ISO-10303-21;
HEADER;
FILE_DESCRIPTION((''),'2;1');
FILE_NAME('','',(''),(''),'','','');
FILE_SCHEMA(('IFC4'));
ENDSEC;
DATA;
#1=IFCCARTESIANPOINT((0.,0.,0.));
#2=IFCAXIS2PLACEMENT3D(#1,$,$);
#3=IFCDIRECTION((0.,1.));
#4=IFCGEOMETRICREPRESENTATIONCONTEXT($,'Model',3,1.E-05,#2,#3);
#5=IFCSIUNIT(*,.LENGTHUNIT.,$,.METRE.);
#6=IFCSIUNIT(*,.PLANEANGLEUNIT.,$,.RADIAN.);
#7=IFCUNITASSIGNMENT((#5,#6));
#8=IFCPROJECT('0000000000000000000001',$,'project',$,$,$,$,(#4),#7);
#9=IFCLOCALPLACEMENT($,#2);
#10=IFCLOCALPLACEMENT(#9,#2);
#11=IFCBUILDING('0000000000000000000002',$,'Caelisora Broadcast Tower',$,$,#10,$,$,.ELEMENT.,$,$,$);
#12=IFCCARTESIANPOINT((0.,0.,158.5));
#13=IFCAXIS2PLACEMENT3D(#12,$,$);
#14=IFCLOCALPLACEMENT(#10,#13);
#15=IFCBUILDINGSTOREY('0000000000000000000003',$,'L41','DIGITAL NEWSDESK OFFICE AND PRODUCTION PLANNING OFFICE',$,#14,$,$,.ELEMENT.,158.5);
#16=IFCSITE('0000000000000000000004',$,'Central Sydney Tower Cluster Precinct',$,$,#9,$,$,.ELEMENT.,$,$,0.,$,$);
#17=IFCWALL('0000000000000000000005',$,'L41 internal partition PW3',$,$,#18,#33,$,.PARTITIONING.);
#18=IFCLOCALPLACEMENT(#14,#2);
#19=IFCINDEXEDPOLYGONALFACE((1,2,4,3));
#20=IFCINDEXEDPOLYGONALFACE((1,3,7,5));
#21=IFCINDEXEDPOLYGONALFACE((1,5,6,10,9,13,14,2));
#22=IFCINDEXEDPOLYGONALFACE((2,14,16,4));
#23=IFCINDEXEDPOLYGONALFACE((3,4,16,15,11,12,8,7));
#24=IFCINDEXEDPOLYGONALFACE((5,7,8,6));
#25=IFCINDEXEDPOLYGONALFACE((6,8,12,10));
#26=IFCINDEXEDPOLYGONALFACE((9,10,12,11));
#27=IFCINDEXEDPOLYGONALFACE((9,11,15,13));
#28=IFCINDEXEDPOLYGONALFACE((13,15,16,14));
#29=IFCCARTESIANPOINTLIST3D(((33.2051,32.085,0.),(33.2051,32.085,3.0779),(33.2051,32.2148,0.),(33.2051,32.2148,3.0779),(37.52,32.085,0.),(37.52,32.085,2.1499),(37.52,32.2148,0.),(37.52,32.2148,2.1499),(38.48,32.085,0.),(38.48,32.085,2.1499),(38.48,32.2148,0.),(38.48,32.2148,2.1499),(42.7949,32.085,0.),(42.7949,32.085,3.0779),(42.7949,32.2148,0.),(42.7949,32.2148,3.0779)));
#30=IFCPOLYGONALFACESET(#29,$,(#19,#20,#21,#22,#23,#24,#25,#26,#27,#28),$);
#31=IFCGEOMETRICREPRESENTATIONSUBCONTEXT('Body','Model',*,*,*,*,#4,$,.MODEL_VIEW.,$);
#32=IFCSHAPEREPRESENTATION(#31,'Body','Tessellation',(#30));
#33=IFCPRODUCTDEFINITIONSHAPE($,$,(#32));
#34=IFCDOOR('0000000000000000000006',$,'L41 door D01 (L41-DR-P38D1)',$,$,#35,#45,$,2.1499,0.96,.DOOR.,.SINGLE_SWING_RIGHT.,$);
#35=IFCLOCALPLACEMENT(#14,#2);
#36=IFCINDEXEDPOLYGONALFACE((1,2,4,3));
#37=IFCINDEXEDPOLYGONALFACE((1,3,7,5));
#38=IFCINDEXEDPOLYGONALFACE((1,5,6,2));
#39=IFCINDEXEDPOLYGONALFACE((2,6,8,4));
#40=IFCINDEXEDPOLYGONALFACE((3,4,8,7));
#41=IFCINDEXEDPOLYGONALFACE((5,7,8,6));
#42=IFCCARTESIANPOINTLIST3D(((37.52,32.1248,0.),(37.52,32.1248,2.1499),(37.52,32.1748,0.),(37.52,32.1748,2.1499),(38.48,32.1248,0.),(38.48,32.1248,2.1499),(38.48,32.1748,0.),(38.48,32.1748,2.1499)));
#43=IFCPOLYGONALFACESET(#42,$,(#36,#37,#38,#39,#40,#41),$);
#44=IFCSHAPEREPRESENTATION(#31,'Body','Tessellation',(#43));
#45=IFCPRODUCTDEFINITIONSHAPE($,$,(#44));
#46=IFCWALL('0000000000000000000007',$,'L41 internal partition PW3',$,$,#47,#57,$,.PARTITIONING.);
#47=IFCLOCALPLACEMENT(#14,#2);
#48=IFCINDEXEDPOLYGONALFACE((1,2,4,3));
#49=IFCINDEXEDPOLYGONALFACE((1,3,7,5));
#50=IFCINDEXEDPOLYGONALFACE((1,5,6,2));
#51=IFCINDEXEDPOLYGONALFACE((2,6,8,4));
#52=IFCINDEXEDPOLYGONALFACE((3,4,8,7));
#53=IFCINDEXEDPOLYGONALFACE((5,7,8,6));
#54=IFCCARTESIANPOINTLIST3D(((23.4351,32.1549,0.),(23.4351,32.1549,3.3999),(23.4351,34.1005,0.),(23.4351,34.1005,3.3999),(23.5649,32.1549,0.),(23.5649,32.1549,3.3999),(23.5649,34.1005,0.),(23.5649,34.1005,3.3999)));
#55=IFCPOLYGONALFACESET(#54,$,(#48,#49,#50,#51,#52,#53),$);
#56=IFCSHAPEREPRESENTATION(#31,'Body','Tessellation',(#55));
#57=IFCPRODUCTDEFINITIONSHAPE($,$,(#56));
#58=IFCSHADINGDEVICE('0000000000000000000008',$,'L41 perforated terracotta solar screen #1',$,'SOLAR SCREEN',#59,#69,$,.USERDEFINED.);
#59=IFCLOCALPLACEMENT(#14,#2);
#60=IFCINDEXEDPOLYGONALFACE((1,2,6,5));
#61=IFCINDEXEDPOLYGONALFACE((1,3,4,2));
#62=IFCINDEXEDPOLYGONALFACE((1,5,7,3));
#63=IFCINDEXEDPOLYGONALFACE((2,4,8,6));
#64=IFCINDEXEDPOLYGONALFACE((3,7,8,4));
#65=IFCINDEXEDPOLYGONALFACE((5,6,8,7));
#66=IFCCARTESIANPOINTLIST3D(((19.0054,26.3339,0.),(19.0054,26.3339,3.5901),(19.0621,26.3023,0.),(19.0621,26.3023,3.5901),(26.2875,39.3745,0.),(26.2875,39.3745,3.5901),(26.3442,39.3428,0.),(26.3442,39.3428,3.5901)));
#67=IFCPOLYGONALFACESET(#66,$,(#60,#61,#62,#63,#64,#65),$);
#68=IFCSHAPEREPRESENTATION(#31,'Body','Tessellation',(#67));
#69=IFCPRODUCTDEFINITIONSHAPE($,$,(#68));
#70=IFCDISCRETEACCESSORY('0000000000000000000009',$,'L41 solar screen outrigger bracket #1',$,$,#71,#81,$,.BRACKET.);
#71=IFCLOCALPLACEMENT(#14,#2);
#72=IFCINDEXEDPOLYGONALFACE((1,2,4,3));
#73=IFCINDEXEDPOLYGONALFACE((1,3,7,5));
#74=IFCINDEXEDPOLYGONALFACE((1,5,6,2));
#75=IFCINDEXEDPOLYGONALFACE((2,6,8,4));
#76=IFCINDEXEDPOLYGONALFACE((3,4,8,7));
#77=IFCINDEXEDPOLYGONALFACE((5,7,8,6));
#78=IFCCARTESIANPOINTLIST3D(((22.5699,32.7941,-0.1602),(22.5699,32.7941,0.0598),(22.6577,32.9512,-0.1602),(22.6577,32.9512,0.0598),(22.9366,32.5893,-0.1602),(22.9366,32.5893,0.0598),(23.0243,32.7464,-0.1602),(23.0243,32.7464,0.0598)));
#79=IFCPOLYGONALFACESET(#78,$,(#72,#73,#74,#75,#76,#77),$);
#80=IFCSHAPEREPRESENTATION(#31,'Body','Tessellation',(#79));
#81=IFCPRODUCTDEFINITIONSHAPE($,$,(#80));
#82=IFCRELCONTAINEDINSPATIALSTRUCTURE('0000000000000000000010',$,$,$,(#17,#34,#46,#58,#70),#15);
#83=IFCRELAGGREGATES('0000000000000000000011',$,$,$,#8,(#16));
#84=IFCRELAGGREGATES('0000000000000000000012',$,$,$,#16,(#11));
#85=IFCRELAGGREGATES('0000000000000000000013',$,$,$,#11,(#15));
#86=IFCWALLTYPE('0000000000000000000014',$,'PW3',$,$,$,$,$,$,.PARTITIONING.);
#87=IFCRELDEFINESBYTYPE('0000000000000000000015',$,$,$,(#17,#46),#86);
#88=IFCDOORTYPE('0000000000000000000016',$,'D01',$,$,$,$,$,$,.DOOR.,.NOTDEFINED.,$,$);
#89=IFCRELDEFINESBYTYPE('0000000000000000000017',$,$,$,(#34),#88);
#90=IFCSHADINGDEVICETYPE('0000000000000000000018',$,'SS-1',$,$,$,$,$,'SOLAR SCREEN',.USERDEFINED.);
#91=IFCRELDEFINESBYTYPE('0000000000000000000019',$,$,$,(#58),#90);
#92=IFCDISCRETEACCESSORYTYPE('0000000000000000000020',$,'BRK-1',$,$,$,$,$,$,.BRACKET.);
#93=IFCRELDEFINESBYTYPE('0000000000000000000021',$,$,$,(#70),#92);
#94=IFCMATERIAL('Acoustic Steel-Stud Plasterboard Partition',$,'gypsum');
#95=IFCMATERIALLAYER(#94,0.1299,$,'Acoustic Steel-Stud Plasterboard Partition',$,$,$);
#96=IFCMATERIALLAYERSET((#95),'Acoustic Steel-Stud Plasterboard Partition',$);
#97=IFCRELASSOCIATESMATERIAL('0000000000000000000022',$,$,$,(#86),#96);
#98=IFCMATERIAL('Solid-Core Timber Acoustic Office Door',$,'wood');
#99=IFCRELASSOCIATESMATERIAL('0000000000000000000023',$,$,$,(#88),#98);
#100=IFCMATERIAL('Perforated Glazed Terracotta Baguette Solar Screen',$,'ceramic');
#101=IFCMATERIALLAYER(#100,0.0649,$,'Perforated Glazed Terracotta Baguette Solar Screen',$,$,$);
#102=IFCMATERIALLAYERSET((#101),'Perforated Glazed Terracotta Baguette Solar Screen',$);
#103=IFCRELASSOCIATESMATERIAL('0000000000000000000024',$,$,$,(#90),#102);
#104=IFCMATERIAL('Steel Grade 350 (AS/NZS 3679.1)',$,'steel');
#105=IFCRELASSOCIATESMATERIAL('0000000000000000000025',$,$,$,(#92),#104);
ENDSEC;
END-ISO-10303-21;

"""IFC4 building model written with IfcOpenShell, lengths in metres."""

from ifc_helpers import new_model, si_unit, direction, frame, frame_2d, origin, origin_2d, place, context, subcontext, project, spatial, rectangle, extrude, source, transform, mapped, material, layer, layer_set, type_object, type_shapes, element, fill, save


model = new_model("IFC4")

# Units and contexts
model_context = context("Model", 3, precision=1e-05, world=origin(), true_north=direction((0.0, 1.0)))
body_context = subcontext(model_context, "Body", "Model", "MODEL_VIEW")
ifc_project = project(units=[si_unit("LENGTHUNIT", "METRE"), si_unit("PLANEANGLEUNIT", "RADIAN")], contexts=[model_context])

# Site, building, storey
site_placement = place(None, origin())
site = spatial("IfcSite", under=ifc_project, at=site_placement, Name="Central Sydney Tower Cluster Precinct", CompositionType="ELEMENT", RefElevation=0.0)
building_placement = place(site_placement, origin())
building = spatial("IfcBuilding", under=site, at=building_placement, Name="Caelisora Broadcast Tower", CompositionType="ELEMENT")
storey_placement = place(building_placement, frame((0.0, 0.0, 158.5)))
storey = spatial("IfcBuildingStorey", under=building, at=storey_placement, Name="L41", Description="DIGITAL NEWSDESK OFFICE AND PRODUCTION PLANNING OFFICE", CompositionType="ELEMENT", Elevation=158.5)

# Shared definitions
ifc_material_1 = material(Name="Steel Grade 350 (AS/NZS 3679.1)", Category="steel")

# Shared definitions
ifc_material_2 = material(Name="Acoustic Steel-Stud Plasterboard Partition", Category="gypsum")
ifc_layer_1 = layer(ifc_material_2, 0.1299, Name="Acoustic Steel-Stud Plasterboard Partition")
ifc_layer_set_1 = layer_set([ifc_layer_1], Name="Acoustic Steel-Stud Plasterboard Partition")
wall_type = type_object("IfcWallType", Name="PW3", PredefinedType="PARTITIONING", material=ifc_layer_set_1)

# Wall, opening, door
ifc_material_3 = material(Name="Solid-Core Timber Acoustic Office Door", Category="wood")
door_type = type_object("IfcDoorType", Name="D01", OperationType="NOTDEFINED", PredefinedType="DOOR", material=ifc_material_3)
wall_1_placement = place(storey_placement, frame((33.2051, 32.1499, 0.0), z_axis=(0.0, 0.0, 1.0), x_axis=(1.0, 0.0, 0.0)))
wall_1 = element("IfcWall", 1, at=wall_1_placement, inside=storey, type_object=wall_type, Name="L41 internal partition PW3", PredefinedType="PARTITIONING", context=body_context, shape_type="SweptSolid", body=[
    extrude(rectangle(XDim=9.5898, YDim=0.1299, at=frame_2d((4.7949, 0.0))), origin(), (0.0, 0.0, 1.0), 3.0779),
])
opening_1_placement = place(wall_1_placement, frame((4.3149, 0.0, 0.0)))
opening_1 = element("IfcOpeningElement", 2, at=opening_1_placement, cuts=wall_1, PredefinedType="OPENING", context=body_context, shape_type="SweptSolid", body=[
    extrude(rectangle(XDim=0.96, YDim=2.1499, at=frame_2d((0.48, 1.075))), frame((0.0, 0.0769, 0.0), z_axis=(0.0, -1.0, 0.0), x_axis=(1.0, 0.0, 0.0)), (0.0, 0.0, 1.0), 0.1538),
])
door_1_placement = place(opening_1_placement, origin())
door_1 = element("IfcDoor", 3, at=door_1_placement, inside=storey, type_object=door_type, Name="L41 door D01 (L41-DR-P38D1)", OperationType="SINGLE_SWING_RIGHT", OverallHeight=2.1499, OverallWidth=0.96, PredefinedType="DOOR", context=body_context, shape_type="SweptSolid", body=[
    extrude(rectangle(XDim=0.96, YDim=2.1499, at=frame_2d((0.48, 1.075))), frame((0.0, 0.0249, 0.0), z_axis=(0.0, -1.0, 0.0), x_axis=(1.0, 0.0, 0.0)), (0.0, 0.0, 1.0), 0.05),
])
fill(opening_1, door_1)

# Wall
wall_2_placement = place(storey_placement, frame((23.5, 32.155, 0.0), z_axis=(0.0, 0.0, 1.0), x_axis=(0.0, 1.0, 0.0)))
element("IfcWall", 4, at=wall_2_placement, inside=storey, type_object=wall_type, Name="L41 internal partition PW3", PredefinedType="PARTITIONING", context=body_context, shape_type="SweptSolid", body=[
    extrude(rectangle(XDim=1.9456, YDim=0.1299, at=frame_2d((0.9727, 0.0))), origin(), (0.0, 0.0, 1.0), 3.3999),
])

# Shading device
ifc_material_4 = material(Name="Perforated Glazed Terracotta Baguette Solar Screen", Category="ceramic")
ifc_layer_2 = layer(ifc_material_4, 0.0649, Name="Perforated Glazed Terracotta Baguette Solar Screen")
ifc_layer_set_2 = layer_set([ifc_layer_2], Name="Perforated Glazed Terracotta Baguette Solar Screen")
shading_device_type = type_object("IfcShadingDeviceType", Name="SS-1", ElementType="SOLAR SCREEN", PredefinedType="USERDEFINED", material=ifc_layer_set_2)
shared_shape_1 = source(origin(), body_context, "Body", "SweptSolid", [
    extrude(rectangle(XDim=14.936, YDim=0.0649, at=origin_2d()), origin(), (0.0, 0.0, 1.0), 3.5901),
])
type_shapes(shading_device_type, [shared_shape_1])
shading_device_placement = place(storey_placement, frame((22.6748, 32.8384, 0.0), z_axis=(0.0, 0.0, 1.0), x_axis=(-0.487555, -0.873092, 0.0)))
element("IfcShadingDevice", 5, at=shading_device_placement, inside=storey, type_object=shading_device_type, Name="L41 perforated terracotta solar screen #1", ObjectType="SOLAR SCREEN", PredefinedType="USERDEFINED", context=body_context, shape_type="MappedRepresentation", body=[
    mapped(shared_shape_1, transform((0.0, 0.0, 0.0), scale=1.0)),
])

# Discrete accessory
discrete_accessory_type = type_object("IfcDiscreteAccessoryType", Name="BRK-1", PredefinedType="BRACKET", material=ifc_material_1)
shared_shape_2 = source(origin(), body_context, "Body", "SweptSolid", [
    extrude(rectangle(XDim=0.1799, YDim=0.4199, at=origin_2d()), origin(), (0.0, 0.0, 1.0), 0.22),
])
type_shapes(discrete_accessory_type, [shared_shape_2])
discrete_accessory_placement = place(storey_placement, frame((22.7971, 32.7703, -0.1602), z_axis=(0.0, 0.0, 1.0), x_axis=(-0.487555, -0.873092, 0.0)))
element("IfcDiscreteAccessory", 6, at=discrete_accessory_placement, inside=storey, type_object=discrete_accessory_type, Name="L41 solar screen outrigger bracket #1", PredefinedType="BRACKET", context=body_context, shape_type="MappedRepresentation", body=[
    mapped(shared_shape_2, transform((0.0, 0.0, 0.0), scale=1.0)),
])

save(model, "model.ifc")
